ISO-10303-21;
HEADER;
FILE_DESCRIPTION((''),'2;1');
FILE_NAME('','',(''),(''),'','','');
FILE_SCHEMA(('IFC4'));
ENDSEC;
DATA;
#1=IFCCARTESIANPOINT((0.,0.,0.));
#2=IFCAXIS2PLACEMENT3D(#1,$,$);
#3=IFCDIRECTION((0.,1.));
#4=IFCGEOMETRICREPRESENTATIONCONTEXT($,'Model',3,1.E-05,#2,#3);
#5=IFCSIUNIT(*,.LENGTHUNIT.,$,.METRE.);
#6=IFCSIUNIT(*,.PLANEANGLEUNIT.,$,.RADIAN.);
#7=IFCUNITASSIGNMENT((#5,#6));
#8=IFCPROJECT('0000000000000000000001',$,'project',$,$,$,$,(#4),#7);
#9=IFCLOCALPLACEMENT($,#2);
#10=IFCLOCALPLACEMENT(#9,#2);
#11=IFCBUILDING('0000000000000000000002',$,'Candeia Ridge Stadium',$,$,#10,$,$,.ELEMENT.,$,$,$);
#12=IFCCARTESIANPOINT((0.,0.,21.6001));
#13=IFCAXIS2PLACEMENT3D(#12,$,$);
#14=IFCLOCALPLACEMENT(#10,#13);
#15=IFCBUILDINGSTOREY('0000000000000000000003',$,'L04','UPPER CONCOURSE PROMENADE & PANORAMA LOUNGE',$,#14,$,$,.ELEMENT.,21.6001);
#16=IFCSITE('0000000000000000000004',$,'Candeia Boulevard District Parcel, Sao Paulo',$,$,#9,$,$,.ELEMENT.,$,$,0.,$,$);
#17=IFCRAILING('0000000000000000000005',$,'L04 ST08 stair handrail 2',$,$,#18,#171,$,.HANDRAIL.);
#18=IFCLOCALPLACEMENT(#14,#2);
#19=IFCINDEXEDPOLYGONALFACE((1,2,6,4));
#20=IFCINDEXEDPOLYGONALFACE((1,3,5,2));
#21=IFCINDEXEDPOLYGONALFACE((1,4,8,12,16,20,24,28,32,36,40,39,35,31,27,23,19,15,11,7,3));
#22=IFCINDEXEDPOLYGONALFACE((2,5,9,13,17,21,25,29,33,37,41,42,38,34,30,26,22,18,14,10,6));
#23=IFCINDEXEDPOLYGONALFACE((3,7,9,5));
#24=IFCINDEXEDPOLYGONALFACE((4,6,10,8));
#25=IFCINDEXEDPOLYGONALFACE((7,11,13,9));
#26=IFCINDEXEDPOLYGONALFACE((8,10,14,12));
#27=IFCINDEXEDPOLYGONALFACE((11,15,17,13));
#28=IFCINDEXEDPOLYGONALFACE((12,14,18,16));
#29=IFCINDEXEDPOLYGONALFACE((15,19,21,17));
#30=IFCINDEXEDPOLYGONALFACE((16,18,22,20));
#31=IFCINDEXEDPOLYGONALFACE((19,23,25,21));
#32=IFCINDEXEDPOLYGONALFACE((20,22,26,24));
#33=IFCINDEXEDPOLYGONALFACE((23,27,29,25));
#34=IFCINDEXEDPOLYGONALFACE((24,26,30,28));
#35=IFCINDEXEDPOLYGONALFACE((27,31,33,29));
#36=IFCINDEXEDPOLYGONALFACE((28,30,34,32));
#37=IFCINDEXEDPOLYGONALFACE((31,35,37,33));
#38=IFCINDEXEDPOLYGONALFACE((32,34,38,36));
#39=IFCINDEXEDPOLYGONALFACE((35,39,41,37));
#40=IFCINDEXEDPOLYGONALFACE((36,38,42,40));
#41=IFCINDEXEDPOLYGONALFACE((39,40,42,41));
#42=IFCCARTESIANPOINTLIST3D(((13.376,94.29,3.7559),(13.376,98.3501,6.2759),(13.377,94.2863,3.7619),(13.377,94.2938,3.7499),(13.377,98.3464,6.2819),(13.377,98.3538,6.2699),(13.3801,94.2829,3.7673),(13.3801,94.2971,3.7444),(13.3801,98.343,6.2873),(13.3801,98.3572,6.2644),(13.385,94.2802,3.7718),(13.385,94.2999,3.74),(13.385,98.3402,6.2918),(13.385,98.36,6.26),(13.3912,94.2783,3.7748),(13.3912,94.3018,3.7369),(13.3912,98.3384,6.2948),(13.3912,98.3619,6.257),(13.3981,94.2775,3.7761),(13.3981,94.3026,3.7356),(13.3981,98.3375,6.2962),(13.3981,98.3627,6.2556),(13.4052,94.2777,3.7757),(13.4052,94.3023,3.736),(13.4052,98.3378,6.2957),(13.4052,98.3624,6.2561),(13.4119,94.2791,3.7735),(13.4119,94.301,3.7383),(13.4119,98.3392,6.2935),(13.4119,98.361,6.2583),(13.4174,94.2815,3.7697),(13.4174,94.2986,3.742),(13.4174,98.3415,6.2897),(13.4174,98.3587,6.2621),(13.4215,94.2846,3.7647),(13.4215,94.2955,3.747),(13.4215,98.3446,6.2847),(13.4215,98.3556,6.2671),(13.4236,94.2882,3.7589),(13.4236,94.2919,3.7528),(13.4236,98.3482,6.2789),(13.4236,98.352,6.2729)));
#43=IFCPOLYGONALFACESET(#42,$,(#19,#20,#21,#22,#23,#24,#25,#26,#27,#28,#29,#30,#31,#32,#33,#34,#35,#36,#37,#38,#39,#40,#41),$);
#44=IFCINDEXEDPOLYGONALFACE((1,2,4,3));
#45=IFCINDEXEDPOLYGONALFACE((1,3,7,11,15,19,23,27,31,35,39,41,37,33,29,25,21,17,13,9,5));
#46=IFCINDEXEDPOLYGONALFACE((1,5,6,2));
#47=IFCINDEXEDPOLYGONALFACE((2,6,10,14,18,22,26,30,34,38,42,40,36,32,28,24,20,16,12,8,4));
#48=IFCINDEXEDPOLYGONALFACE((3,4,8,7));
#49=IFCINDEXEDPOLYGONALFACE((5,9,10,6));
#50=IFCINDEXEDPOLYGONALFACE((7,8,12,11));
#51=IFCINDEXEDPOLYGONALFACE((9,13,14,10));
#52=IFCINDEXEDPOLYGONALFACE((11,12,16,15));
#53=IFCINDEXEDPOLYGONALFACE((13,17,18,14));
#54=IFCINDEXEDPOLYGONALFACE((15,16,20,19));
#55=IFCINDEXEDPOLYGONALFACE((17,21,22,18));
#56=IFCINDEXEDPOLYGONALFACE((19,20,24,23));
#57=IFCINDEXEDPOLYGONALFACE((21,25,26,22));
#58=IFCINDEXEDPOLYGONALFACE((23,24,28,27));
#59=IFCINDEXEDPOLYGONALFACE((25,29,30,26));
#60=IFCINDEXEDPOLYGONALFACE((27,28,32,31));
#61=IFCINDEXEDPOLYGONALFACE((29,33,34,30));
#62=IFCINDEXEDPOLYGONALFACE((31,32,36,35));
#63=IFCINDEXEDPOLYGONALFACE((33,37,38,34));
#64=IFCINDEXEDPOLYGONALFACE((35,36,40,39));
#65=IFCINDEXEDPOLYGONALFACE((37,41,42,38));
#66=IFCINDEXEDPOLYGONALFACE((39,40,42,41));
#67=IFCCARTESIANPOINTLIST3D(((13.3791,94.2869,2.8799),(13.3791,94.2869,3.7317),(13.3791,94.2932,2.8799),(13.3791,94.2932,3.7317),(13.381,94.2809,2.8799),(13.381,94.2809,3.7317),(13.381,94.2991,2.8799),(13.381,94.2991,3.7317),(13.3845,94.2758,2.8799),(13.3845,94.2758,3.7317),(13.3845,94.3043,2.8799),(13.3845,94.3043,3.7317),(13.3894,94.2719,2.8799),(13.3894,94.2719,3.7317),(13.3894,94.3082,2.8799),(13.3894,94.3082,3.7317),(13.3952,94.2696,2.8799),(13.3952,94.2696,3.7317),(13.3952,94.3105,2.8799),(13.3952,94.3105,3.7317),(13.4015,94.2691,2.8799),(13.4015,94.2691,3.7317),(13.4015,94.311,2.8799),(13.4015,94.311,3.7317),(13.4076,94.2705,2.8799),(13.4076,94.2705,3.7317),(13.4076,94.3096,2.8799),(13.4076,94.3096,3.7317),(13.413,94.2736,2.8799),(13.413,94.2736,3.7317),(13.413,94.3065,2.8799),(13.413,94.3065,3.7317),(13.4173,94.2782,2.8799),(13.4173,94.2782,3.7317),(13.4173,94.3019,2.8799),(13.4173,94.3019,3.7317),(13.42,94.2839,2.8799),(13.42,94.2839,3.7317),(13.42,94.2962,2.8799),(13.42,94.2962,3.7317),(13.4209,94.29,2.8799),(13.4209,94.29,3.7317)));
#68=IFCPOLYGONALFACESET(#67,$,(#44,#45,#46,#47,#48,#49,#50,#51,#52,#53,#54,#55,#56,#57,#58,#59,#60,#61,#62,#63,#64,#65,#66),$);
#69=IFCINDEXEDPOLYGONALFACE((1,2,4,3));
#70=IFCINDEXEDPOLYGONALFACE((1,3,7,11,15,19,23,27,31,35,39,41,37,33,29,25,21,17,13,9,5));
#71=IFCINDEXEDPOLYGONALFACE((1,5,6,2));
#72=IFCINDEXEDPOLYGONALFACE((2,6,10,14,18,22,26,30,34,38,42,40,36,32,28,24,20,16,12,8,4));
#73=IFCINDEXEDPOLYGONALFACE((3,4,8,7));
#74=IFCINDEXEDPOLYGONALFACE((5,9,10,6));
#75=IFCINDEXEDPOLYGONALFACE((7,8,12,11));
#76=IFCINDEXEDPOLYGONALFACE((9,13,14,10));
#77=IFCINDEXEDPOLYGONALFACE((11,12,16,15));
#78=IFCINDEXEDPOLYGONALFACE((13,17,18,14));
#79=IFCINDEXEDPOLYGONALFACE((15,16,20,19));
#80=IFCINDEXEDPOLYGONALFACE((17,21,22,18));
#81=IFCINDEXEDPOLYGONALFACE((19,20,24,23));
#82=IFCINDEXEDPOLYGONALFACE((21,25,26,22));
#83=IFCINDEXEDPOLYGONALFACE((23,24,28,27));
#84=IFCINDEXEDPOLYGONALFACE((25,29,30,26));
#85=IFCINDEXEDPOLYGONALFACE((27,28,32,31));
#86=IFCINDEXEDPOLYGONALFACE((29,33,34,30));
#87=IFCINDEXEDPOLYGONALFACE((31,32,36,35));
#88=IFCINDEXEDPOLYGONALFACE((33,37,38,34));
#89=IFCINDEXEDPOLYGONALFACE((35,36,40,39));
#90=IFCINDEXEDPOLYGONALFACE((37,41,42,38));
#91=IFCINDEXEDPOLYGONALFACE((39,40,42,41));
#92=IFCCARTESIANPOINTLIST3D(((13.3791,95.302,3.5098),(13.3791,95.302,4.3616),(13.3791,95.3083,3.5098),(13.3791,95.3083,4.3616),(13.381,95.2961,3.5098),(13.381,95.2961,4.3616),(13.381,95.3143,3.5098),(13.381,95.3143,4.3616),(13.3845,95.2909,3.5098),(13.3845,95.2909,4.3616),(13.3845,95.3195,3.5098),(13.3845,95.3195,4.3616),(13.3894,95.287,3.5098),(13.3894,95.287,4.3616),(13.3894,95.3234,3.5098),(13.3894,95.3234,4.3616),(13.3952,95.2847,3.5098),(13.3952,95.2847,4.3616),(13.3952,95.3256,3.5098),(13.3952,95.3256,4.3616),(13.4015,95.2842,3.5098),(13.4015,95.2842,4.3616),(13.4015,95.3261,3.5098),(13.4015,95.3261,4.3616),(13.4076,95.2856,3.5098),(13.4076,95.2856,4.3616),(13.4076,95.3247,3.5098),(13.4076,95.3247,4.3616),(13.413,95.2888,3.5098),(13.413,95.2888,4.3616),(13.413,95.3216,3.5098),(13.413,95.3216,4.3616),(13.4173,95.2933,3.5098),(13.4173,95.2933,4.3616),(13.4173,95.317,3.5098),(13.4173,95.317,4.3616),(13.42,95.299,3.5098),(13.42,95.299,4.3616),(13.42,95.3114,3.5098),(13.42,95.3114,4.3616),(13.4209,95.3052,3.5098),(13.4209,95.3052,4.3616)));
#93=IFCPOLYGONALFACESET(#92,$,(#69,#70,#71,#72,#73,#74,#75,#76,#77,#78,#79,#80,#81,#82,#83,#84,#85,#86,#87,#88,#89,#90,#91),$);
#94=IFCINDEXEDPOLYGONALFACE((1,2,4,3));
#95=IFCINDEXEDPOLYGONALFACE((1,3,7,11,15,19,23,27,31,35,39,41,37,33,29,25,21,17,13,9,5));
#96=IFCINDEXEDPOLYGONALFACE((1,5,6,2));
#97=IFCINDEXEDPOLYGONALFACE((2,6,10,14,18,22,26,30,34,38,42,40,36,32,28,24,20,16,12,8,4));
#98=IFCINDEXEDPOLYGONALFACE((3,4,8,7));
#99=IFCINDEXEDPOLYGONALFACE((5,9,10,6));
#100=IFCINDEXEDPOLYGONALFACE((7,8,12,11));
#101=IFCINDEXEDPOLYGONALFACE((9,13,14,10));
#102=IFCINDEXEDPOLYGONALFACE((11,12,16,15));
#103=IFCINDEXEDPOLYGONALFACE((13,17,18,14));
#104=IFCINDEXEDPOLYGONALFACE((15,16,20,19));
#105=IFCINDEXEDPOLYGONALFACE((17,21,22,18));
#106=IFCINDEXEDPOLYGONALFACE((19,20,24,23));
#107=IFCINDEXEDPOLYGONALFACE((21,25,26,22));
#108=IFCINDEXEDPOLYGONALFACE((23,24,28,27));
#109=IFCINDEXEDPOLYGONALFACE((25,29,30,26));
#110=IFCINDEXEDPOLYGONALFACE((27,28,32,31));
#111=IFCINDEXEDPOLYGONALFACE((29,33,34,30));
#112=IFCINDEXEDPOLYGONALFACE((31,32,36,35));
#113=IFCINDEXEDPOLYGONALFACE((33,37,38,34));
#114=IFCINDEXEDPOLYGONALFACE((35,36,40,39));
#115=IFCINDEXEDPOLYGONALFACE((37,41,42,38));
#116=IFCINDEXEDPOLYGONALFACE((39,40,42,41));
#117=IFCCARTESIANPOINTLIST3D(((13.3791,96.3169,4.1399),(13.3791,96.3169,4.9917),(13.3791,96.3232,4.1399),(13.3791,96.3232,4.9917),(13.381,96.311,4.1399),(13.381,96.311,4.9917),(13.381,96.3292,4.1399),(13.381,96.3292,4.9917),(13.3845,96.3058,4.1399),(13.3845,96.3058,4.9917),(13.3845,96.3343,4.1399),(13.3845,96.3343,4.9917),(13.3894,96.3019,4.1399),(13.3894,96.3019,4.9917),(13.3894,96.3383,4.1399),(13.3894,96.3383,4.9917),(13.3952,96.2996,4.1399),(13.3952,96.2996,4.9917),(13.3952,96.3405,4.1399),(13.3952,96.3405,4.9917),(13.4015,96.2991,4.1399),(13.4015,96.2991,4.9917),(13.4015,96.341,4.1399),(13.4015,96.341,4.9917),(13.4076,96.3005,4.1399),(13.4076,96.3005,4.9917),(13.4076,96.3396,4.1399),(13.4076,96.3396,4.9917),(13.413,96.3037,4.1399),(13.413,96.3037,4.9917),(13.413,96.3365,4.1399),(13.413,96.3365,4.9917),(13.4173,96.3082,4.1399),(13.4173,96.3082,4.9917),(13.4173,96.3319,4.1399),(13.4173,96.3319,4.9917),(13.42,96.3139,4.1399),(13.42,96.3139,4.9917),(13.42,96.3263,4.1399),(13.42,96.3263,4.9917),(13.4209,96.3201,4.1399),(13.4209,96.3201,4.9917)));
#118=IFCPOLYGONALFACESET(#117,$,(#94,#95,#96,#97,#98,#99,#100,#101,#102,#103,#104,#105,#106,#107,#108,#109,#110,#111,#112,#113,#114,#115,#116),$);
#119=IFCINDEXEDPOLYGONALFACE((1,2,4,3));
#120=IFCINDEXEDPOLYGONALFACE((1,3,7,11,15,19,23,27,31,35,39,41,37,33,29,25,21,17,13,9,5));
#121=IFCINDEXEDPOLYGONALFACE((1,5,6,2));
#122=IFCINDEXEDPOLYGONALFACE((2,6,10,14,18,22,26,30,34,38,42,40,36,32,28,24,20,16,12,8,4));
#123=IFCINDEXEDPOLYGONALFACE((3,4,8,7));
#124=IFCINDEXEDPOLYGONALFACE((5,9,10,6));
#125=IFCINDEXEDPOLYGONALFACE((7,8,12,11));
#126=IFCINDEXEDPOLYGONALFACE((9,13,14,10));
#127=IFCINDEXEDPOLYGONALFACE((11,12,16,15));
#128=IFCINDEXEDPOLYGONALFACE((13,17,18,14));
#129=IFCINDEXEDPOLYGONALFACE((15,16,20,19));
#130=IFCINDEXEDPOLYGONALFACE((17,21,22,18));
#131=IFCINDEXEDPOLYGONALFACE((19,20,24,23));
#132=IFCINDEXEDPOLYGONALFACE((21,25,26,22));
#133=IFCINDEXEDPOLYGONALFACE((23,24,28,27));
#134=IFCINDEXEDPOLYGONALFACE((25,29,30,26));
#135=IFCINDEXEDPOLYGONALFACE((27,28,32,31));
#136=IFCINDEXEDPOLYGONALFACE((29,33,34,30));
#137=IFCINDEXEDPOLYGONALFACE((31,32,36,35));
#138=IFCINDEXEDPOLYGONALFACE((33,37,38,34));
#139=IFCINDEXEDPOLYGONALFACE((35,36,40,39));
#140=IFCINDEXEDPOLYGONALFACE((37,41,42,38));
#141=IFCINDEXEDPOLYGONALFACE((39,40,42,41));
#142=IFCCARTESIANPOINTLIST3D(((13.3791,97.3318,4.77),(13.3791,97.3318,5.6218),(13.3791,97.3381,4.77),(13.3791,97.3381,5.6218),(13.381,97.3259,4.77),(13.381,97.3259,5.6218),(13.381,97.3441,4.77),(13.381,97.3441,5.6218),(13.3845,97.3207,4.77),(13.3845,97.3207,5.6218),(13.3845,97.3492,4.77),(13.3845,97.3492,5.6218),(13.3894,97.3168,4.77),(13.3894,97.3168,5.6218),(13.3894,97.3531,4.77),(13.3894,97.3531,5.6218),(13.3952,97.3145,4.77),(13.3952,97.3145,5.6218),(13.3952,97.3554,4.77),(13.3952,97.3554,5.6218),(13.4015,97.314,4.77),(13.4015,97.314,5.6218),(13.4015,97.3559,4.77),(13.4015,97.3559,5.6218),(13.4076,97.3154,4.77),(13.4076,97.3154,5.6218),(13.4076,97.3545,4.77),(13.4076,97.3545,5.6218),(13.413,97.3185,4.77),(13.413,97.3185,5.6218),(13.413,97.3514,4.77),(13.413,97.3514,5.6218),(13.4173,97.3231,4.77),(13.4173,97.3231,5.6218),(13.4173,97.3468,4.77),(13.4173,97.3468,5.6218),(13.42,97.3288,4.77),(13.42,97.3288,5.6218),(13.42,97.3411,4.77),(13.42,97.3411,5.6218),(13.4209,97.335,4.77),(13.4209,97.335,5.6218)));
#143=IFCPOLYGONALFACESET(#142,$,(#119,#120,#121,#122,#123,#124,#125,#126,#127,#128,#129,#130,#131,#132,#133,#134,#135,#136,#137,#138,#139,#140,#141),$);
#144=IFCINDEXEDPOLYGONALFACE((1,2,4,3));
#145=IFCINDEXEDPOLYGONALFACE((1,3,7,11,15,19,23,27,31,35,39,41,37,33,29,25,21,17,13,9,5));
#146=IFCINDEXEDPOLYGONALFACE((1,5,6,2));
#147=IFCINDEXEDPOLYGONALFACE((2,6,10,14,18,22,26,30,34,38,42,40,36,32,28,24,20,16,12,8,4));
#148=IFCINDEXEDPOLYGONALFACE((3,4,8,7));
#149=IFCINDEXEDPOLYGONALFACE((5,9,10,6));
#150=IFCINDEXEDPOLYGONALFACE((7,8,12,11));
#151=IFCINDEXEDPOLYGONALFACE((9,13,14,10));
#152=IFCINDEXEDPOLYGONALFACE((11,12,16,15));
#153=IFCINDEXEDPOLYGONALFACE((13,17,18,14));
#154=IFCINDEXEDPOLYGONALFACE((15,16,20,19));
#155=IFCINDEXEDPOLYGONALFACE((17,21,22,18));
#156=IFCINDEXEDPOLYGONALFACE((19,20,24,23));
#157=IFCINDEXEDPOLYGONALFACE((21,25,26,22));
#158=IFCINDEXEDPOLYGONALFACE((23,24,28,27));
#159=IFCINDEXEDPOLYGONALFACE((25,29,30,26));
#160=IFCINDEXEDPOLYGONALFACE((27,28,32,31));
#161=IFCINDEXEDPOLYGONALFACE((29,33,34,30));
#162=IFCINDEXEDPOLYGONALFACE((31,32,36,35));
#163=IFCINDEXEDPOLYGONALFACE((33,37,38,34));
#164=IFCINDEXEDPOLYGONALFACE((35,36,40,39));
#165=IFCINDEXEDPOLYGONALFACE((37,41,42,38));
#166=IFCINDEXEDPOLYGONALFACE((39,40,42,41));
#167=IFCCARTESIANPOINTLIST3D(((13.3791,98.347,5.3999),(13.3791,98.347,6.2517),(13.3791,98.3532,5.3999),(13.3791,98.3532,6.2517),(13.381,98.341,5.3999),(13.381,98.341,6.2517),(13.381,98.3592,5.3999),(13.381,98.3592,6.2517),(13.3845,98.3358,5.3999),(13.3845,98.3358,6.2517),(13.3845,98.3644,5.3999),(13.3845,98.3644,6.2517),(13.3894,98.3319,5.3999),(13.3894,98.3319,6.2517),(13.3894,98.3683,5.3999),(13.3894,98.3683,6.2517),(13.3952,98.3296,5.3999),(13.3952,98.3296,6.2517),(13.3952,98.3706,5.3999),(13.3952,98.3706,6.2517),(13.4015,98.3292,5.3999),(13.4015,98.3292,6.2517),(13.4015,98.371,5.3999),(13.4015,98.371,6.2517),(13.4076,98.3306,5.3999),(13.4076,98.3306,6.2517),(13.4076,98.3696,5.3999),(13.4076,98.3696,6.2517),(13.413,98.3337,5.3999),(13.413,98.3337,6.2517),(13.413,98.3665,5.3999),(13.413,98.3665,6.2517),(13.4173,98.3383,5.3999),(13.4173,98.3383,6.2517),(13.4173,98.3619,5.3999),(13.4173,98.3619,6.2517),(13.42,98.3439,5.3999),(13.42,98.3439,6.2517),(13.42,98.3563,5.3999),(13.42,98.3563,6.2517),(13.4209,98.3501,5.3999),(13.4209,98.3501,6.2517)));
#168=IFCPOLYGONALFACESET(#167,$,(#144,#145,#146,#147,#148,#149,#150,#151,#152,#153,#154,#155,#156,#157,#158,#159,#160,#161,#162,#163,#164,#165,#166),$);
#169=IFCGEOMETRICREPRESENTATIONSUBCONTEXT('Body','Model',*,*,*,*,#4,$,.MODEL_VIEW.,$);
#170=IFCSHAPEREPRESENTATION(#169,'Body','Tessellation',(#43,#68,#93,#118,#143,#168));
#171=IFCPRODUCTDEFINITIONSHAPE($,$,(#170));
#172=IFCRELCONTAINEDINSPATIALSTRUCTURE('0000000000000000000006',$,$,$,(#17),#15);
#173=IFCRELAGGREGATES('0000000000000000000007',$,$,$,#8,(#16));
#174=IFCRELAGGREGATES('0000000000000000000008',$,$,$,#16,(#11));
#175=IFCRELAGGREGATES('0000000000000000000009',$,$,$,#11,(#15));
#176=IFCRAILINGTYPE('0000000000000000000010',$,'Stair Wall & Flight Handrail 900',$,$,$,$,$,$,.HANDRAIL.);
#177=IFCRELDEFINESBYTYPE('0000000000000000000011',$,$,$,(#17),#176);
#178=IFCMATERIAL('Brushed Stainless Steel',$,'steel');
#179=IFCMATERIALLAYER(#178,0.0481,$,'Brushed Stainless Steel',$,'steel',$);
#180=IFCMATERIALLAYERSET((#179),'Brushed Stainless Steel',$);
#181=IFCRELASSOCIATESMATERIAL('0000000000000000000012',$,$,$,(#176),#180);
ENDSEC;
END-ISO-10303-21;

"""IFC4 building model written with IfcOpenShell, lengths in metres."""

from ifc_helpers import new_model, si_unit, direction, frame, origin, origin_2d, place, context, subcontext, project, spatial, circle, extrude, material, layer, layer_set, type_object, element, save


model = new_model("IFC4")

# Units and contexts
model_context = context("Model", 3, precision=1e-05, world=origin(), true_north=direction((0.0, 1.0)))
body_context = subcontext(model_context, "Body", "Model", "MODEL_VIEW")
ifc_project = project(units=[si_unit("LENGTHUNIT", "METRE"), si_unit("PLANEANGLEUNIT", "RADIAN")], contexts=[model_context])

# Site, building, storey
site_placement = place(None, origin())
site = spatial("IfcSite", under=ifc_project, at=site_placement, Name="Candeia Boulevard District Parcel, Sao Paulo", CompositionType="ELEMENT", RefElevation=0.0)
building_placement = place(site_placement, origin())
building = spatial("IfcBuilding", under=site, at=building_placement, Name="Candeia Ridge Stadium", CompositionType="ELEMENT")
storey_placement = place(building_placement, frame((0.0, 0.0, 21.6001)))
storey = spatial("IfcBuildingStorey", under=building, at=storey_placement, Name="L04", Description="UPPER CONCOURSE PROMENADE & PANORAMA LOUNGE", CompositionType="ELEMENT", Elevation=21.6001)

# Shared definitions
ifc_material_1 = material(Name="Brushed Stainless Steel", Category="steel")

# Railing
ifc_layer_1 = layer(ifc_material_1, 0.0481, Name="Brushed Stainless Steel", Category="steel")
ifc_layer_set_1 = layer_set([ifc_layer_1], Name="Brushed Stainless Steel")
railing_type_1 = type_object("IfcRailingType", Name="Stair Wall & Flight Handrail 900", PredefinedType="HANDRAIL", material=ifc_layer_set_1)
railing_1_placement = place(storey_placement, frame((13.3999, 94.29, 2.8799)))
element("IfcRailing", 1, at=railing_1_placement, inside=storey, type_object=railing_type_1, Name="L04 ST08 stair handrail 2", PredefinedType="HANDRAIL", context=body_context, shape_type="SweptSolid", body=[
    extrude(circle(Radius=0.0239, at=origin_2d()), frame((0.0, 0.0, 0.876), z_axis=(0.0, 0.849642, 0.52736), x_axis=(-1.0, 0.0, 0.0)), (0.0, 0.0, 1.0), 4.7786),
    extrude(circle(Radius=0.021, at=origin_2d()), origin(), (0.0, 0.0, 1.0), 0.8518),
    extrude(circle(Radius=0.021, at=origin_2d()), frame((0.0, 1.0151, 0.6299)), (0.0, 0.0, 1.0), 0.8518),
    extrude(circle(Radius=0.021, at=origin_2d()), frame((0.0, 2.03, 1.26)), (0.0, 0.0, 1.0), 0.8518),
    extrude(circle(Radius=0.021, at=origin_2d()), frame((0.0, 3.0449, 1.8901)), (0.0, 0.0, 1.0), 0.8518),
    extrude(circle(Radius=0.021, at=origin_2d()), frame((0.0, 4.0601, 2.52)), (0.0, 0.0, 1.0), 0.8518),
])

save(model, "model.ifc")
